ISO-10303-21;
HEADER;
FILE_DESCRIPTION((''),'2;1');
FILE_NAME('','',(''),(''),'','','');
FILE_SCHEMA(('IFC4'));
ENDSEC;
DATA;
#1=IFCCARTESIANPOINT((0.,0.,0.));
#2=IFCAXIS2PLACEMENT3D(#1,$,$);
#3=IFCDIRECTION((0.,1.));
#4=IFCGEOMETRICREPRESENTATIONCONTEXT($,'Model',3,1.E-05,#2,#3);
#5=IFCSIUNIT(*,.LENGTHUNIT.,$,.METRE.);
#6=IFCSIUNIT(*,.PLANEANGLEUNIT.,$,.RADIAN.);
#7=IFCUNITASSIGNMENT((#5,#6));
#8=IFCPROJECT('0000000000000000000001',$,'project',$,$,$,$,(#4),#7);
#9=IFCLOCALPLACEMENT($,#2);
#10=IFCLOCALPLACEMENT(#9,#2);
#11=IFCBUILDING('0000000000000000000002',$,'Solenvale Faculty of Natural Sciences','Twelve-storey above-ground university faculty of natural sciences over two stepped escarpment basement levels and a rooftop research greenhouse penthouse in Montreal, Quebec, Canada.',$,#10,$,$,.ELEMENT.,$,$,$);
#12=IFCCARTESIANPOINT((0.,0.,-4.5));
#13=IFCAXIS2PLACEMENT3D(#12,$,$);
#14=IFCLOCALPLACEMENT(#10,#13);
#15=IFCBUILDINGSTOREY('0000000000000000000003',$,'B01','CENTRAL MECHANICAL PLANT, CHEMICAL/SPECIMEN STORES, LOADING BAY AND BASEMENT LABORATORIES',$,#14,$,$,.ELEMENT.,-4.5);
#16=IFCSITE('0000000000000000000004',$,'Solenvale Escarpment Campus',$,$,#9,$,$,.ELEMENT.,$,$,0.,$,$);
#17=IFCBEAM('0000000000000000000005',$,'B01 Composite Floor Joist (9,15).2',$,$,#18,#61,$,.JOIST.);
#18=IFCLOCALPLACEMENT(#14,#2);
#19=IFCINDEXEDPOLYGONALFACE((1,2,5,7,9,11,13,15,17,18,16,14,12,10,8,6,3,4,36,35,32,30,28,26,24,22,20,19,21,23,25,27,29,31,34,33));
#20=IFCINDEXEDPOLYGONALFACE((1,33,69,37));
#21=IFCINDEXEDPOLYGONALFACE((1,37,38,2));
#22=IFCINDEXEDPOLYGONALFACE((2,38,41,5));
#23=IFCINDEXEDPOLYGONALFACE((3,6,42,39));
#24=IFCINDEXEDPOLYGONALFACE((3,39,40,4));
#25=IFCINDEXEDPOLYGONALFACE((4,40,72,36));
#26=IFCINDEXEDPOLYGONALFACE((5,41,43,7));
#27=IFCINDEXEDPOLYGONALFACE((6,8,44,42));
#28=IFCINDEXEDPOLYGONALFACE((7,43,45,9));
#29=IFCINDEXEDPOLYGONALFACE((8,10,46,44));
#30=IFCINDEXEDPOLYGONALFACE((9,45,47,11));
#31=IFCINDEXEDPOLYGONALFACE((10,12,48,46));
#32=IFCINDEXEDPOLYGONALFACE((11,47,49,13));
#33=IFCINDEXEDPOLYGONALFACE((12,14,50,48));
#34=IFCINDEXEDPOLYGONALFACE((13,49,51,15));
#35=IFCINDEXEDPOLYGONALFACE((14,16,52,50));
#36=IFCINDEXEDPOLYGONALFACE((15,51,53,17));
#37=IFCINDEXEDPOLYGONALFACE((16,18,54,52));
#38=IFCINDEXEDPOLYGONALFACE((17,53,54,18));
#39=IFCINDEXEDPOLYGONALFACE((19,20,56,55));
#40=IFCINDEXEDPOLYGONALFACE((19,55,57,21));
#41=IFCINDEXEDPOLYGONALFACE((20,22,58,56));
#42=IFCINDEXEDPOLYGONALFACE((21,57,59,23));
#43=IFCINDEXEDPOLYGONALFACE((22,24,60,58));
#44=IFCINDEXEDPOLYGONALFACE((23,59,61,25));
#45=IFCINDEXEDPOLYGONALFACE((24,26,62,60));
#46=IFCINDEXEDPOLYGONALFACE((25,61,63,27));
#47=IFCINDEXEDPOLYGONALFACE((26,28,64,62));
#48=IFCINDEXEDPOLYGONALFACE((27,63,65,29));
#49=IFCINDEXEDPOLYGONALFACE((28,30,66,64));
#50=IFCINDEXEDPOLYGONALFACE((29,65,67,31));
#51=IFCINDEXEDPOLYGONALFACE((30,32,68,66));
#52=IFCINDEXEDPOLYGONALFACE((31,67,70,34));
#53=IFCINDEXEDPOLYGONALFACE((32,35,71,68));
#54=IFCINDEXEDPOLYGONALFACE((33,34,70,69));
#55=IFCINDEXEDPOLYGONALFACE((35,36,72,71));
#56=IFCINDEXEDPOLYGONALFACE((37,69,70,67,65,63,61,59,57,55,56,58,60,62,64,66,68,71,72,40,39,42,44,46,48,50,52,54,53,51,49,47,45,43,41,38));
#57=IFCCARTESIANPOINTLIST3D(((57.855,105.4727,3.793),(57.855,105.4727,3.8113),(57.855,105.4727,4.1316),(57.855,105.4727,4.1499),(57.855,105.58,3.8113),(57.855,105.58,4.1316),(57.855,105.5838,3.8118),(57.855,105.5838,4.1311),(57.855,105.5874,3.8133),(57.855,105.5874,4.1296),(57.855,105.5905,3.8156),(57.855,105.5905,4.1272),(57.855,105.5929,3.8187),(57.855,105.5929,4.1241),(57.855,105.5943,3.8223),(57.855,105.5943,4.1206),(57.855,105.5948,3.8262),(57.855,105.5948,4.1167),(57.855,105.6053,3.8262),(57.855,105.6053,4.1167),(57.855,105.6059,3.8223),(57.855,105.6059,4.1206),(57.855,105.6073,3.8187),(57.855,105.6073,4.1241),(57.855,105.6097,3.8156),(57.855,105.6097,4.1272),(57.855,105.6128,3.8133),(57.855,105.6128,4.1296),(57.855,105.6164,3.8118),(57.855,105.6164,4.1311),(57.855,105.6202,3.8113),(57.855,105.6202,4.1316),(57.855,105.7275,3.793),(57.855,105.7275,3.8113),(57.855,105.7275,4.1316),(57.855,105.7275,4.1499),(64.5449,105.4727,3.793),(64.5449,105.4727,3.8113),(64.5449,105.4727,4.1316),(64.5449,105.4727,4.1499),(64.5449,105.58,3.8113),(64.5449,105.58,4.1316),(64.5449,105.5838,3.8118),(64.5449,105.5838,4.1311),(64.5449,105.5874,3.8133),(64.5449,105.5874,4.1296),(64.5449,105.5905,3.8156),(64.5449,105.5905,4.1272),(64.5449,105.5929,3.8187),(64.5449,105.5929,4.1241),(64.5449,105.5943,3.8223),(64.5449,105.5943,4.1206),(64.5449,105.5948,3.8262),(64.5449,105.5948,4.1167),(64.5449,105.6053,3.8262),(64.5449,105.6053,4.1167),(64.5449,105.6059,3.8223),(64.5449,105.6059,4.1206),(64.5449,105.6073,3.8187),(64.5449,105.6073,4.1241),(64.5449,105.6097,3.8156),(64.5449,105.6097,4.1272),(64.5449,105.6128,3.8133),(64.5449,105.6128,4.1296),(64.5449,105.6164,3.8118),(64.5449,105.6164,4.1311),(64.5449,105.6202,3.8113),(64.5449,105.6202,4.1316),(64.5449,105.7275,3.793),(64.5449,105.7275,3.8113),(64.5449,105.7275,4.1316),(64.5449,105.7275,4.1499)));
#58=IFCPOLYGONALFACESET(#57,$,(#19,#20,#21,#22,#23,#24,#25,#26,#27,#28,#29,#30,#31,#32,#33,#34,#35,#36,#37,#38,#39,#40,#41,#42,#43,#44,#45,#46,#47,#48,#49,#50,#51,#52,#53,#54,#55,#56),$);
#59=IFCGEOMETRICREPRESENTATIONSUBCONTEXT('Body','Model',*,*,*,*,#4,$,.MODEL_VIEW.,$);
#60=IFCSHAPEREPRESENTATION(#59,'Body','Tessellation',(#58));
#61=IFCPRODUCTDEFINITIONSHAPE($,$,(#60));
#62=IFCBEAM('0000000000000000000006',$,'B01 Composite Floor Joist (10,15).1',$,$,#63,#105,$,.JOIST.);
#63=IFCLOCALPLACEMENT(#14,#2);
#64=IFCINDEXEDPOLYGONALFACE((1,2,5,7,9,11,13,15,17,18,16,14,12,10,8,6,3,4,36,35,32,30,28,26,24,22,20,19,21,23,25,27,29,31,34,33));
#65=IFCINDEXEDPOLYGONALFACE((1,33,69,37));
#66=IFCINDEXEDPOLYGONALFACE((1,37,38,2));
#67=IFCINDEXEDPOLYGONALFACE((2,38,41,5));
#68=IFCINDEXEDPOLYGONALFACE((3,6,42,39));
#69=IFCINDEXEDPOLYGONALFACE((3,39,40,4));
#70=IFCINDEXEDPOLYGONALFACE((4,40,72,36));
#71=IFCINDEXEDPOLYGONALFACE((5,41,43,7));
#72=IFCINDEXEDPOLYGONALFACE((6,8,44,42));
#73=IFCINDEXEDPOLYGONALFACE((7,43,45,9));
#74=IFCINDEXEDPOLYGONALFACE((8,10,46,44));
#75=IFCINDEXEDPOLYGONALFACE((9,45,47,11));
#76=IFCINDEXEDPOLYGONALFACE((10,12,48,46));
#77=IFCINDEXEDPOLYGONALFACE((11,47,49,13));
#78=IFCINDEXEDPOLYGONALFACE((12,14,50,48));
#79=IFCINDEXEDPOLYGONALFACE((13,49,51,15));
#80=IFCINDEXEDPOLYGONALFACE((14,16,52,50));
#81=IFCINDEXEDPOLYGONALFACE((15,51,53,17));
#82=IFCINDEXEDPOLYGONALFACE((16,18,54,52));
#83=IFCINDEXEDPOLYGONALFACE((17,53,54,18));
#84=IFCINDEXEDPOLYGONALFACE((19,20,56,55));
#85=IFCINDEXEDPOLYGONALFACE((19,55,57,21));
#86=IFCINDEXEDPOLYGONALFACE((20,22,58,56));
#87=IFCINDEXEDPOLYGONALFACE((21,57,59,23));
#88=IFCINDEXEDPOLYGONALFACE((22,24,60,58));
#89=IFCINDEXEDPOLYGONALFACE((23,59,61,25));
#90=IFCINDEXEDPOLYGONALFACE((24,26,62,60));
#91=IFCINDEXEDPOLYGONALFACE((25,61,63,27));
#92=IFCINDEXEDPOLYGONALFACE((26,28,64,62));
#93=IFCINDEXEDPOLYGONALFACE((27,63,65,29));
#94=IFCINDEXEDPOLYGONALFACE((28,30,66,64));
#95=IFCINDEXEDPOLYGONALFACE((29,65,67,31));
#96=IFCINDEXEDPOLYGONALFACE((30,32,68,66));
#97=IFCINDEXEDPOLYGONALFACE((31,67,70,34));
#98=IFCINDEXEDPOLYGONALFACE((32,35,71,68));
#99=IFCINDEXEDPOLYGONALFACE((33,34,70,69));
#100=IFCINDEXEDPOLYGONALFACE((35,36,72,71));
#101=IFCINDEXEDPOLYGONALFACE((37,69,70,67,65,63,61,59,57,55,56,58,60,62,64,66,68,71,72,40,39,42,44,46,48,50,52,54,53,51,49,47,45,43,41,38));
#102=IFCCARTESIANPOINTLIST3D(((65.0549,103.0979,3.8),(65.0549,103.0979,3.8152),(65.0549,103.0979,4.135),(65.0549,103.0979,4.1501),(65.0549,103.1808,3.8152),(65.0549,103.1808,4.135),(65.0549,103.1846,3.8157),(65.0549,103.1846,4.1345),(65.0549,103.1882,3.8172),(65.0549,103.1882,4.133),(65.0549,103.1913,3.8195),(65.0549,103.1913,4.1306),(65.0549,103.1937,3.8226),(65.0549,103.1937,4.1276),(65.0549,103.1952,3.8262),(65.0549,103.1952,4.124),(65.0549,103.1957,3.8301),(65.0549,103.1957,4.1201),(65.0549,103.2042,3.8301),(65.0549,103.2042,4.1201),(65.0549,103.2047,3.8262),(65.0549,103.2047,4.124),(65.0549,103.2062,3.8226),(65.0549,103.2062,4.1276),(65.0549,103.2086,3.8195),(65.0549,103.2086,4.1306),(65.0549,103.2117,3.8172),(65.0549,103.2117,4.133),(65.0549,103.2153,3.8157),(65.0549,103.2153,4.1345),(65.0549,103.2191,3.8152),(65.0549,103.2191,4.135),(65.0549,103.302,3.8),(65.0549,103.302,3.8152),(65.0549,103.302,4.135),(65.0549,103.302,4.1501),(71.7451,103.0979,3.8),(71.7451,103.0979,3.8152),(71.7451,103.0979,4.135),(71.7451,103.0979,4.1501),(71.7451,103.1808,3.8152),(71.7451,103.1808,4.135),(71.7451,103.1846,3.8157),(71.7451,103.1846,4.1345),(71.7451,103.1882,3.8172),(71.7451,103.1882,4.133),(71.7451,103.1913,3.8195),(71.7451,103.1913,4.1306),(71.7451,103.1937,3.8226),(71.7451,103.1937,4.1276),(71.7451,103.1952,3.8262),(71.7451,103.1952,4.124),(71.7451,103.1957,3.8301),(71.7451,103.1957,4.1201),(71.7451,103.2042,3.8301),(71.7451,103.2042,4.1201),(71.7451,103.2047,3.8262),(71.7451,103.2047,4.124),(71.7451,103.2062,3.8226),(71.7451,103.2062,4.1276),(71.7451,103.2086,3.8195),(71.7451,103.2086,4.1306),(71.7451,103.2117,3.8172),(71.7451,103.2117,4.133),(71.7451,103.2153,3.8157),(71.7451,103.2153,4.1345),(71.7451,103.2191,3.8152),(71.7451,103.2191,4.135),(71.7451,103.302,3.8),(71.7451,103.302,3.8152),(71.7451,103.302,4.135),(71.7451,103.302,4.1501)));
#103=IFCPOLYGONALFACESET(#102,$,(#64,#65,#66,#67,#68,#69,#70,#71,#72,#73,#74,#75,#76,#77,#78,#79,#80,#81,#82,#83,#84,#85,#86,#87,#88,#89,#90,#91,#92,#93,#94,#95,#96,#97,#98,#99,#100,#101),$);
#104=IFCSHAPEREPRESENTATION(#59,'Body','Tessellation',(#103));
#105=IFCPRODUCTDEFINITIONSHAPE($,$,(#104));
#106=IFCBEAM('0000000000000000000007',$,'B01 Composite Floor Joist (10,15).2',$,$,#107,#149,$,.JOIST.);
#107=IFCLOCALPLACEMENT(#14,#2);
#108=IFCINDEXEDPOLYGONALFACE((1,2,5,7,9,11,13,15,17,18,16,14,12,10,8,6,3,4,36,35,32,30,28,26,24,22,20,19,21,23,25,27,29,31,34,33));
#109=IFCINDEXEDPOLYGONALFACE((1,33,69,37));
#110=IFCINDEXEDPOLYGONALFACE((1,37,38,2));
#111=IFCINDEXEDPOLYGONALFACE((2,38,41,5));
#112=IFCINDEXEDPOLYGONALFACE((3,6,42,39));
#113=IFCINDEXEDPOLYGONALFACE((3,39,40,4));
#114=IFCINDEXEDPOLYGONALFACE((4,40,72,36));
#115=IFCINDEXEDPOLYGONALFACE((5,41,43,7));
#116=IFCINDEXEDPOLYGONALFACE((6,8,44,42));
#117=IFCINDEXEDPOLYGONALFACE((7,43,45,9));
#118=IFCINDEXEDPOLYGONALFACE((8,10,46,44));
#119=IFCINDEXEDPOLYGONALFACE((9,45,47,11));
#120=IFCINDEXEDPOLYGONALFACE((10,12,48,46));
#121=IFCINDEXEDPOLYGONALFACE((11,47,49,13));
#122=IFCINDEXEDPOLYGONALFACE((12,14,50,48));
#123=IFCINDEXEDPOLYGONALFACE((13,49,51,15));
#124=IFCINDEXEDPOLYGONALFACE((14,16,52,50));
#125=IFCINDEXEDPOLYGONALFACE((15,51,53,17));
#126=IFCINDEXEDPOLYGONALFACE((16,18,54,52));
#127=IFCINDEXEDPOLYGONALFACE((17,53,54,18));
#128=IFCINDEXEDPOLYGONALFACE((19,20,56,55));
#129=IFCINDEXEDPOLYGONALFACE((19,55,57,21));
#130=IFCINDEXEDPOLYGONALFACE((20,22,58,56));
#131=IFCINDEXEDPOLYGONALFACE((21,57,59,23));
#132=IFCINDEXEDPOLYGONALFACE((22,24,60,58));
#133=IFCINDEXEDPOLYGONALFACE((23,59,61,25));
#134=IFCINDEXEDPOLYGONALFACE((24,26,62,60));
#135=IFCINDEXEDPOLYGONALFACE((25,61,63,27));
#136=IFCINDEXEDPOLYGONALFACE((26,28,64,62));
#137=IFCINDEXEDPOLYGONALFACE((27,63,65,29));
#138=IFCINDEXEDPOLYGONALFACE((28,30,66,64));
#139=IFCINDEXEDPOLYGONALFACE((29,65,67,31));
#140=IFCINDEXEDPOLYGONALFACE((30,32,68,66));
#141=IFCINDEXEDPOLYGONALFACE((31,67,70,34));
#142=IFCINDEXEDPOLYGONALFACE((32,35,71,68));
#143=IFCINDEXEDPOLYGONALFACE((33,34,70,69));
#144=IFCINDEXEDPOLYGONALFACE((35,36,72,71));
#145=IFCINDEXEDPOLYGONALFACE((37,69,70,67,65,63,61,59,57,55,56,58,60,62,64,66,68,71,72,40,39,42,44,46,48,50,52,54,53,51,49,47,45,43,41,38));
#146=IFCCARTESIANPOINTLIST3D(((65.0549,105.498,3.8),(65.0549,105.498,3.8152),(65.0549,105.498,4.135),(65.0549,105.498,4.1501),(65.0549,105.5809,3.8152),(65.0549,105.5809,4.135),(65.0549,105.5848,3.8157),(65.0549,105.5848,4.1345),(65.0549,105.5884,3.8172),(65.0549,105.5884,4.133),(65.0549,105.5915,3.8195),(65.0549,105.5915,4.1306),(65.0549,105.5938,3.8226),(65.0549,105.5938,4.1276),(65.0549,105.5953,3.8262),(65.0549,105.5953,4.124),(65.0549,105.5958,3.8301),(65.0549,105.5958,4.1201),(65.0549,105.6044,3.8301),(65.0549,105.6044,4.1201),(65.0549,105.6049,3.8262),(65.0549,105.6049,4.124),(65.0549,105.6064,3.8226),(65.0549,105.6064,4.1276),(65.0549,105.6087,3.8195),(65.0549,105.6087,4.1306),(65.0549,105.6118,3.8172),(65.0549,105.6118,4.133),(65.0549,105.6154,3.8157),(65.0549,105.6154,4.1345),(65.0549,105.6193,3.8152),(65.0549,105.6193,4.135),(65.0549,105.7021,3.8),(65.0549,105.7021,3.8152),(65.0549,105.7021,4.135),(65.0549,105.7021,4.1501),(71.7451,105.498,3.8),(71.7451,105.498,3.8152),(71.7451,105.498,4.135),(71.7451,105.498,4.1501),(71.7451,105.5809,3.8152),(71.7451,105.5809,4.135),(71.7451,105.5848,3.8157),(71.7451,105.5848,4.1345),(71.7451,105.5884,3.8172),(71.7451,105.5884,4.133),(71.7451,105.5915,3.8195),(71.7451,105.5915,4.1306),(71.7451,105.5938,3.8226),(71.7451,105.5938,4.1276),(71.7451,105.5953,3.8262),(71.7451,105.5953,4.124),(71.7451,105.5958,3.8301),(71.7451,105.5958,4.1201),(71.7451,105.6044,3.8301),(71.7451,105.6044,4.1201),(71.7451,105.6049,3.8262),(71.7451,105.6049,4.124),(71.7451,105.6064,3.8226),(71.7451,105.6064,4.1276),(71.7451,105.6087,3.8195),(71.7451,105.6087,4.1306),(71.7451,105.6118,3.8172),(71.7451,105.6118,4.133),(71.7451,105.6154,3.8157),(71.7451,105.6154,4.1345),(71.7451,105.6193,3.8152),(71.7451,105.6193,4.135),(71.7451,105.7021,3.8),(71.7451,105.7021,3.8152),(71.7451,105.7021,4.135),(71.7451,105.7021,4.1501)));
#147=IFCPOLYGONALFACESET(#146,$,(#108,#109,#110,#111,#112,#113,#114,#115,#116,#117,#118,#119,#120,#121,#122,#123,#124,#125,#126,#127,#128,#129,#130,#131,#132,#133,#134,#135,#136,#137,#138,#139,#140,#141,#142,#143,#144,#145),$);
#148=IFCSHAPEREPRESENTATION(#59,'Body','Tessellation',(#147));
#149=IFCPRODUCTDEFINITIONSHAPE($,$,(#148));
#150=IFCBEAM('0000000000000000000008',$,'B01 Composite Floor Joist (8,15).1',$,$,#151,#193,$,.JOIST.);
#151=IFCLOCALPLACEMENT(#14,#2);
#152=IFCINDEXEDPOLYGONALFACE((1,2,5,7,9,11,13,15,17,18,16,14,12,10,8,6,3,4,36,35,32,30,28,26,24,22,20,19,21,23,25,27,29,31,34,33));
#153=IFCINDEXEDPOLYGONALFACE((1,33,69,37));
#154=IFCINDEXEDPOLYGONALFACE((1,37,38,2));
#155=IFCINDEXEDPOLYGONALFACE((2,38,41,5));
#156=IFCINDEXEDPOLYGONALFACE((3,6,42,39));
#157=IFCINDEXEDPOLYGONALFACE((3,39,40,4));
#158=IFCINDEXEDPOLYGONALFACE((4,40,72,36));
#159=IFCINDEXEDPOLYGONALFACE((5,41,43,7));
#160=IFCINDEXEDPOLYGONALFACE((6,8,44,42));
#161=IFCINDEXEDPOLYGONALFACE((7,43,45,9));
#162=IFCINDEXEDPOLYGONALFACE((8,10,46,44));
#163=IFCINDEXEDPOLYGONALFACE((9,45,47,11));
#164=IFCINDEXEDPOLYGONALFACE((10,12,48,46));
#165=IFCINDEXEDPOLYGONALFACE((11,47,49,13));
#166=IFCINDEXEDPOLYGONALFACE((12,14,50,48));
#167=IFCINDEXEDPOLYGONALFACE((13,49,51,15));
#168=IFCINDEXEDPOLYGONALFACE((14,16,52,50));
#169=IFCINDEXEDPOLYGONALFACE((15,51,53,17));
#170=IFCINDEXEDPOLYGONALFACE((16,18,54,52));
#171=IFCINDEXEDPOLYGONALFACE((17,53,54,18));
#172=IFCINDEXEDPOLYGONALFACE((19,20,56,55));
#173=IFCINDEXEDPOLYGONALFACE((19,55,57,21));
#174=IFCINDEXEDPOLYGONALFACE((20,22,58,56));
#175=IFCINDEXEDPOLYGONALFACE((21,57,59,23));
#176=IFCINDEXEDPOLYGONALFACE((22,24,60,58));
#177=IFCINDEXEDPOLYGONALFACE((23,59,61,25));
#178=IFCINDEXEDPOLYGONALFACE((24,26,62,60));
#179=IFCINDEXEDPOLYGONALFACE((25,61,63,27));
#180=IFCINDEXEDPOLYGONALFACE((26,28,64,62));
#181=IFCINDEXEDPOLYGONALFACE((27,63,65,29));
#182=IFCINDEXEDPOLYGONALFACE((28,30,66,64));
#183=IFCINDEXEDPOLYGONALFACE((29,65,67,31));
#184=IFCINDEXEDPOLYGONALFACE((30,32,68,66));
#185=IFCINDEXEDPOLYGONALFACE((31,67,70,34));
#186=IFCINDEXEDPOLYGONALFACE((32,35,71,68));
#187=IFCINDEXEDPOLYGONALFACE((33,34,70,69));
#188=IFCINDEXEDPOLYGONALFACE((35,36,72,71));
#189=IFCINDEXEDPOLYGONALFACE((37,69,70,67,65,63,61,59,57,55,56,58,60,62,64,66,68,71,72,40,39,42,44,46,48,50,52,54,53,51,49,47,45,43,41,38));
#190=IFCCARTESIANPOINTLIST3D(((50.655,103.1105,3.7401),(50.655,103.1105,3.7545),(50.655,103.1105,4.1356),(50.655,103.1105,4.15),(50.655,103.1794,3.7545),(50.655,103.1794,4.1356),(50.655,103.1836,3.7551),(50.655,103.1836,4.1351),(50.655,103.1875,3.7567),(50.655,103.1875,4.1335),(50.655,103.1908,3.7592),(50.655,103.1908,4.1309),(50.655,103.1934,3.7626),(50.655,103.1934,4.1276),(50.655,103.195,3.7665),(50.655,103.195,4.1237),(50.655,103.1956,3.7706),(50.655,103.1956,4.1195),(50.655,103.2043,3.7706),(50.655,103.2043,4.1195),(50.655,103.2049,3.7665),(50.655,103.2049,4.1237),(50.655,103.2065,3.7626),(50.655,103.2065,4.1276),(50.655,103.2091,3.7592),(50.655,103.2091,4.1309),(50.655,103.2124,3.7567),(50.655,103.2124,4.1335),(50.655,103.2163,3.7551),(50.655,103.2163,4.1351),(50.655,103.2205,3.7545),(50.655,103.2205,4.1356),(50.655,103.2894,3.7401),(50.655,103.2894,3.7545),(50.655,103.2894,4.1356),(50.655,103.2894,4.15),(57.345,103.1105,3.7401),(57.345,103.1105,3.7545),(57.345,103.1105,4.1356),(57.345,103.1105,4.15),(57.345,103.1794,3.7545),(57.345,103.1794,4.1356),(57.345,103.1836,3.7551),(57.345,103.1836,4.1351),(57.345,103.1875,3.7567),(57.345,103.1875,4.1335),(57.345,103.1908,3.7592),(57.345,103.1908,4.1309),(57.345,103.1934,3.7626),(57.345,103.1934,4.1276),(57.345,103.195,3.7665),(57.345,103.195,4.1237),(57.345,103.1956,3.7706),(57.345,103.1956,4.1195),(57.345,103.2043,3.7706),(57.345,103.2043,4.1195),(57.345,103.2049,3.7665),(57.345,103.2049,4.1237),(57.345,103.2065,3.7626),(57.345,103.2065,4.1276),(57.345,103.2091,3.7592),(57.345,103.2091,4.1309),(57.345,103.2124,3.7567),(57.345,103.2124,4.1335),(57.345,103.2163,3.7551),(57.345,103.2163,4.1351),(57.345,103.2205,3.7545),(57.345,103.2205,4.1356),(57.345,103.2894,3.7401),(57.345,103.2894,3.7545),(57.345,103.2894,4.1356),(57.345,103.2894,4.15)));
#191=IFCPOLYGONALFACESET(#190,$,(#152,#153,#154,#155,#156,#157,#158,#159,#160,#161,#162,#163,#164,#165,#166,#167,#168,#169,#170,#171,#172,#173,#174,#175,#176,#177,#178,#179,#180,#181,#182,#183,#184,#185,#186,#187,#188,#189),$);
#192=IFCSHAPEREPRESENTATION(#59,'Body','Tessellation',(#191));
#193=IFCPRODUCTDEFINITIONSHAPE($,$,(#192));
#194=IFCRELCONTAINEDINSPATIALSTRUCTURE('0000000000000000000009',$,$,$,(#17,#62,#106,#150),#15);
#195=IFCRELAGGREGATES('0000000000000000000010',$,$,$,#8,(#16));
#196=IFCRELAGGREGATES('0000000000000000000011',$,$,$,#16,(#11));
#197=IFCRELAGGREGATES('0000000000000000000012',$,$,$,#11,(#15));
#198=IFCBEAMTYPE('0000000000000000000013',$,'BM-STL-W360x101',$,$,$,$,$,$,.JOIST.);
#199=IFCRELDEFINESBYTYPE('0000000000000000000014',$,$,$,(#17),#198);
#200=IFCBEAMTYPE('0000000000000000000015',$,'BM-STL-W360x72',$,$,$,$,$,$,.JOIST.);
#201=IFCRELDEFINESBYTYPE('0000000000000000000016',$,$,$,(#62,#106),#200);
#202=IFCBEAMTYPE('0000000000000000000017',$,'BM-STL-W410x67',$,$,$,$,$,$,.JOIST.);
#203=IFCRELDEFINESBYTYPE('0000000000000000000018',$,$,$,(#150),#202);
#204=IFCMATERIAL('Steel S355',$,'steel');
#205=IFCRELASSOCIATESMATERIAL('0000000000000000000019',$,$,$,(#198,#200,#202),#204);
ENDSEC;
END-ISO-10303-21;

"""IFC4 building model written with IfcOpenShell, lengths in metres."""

from ifc_helpers import new_model, si_unit, direction, frame, origin, origin_2d, place, context, subcontext, project, spatial, i_section, extrude, material, material_profile, profile_set, type_object, element, save


model = new_model("IFC4")

# Units and contexts
model_context = context("Model", 3, precision=1e-05, world=origin(), true_north=direction((0.0, 1.0)))
body_context = subcontext(model_context, "Body", "Model", "MODEL_VIEW")
ifc_project = project(units=[si_unit("LENGTHUNIT", "METRE"), si_unit("PLANEANGLEUNIT", "RADIAN")], contexts=[model_context])

# Site, building, storey
site_placement = place(None, origin())
site = spatial("IfcSite", under=ifc_project, at=site_placement, Name="Solenvale Escarpment Campus", CompositionType="ELEMENT", RefElevation=0.0)
building_placement = place(site_placement, origin())
building = spatial("IfcBuilding", under=site, at=building_placement, Name="Solenvale Faculty of Natural Sciences", Description="Twelve-storey above-ground university faculty of natural sciences over two stepped escarpment basement levels and a rooftop research greenhouse penthouse in Montreal, Quebec, Canada.", CompositionType="ELEMENT")
storey_placement = place(building_placement, frame((0.0, 0.0, -4.5)))
storey = spatial("IfcBuildingStorey", under=building, at=storey_placement, Name="B01", Description="CENTRAL MECHANICAL PLANT, CHEMICAL/SPECIMEN STORES, LOADING BAY AND BASEMENT LABORATORIES", CompositionType="ELEMENT", Elevation=-4.5)

# Beams
ifc_material_1 = material(Name="Steel S355", Category="steel")
ifc_material_profile_1 = material_profile(ifc_material_1, i_section(OverallWidth=0.2549, OverallDepth=0.3569, WebThickness=0.0105, FlangeThickness=0.0183, FilletRadius=0.0149, at=origin_2d()), Name="W360x101")
ifc_profile_set_1 = profile_set([ifc_material_profile_1], Name="Steel S355")
beam_type_1 = type_object("IfcBeamType", Name="BM-STL-W360x101", PredefinedType="JOIST", material=ifc_profile_set_1)
for number, where, z_axis, x_axis, name in (
    (1, (57.855, 105.6001, 3.9714), (1.0, 0.0, 0.0), (0.0, 1.0, 0.0), "B01 Composite Floor Joist (9,15).2"),
):
    element("IfcBeam", number, at=place(storey_placement, frame(where, z_axis=z_axis, x_axis=x_axis)), inside=storey, type_object=beam_type_1, Name=name, PredefinedType="JOIST", context=body_context, shape_type="SweptSolid", body=[
        extrude(i_section(OverallWidth=0.2549, OverallDepth=0.3569, WebThickness=0.0105, FlangeThickness=0.0183, FilletRadius=0.0149, at=origin_2d()), origin(), (0.0, 0.0, 1.0), 6.6899),
    ])
ifc_material_profile_2 = material_profile(ifc_material_1, i_section(OverallWidth=0.2041, OverallDepth=0.3501, WebThickness=0.0085, FlangeThickness=0.0151, FilletRadius=0.0149, at=origin_2d()), Name="W360x72")
ifc_profile_set_2 = profile_set([ifc_material_profile_2], Name="Steel S355")
beam_type_2 = type_object("IfcBeamType", Name="BM-STL-W360x72", PredefinedType="JOIST", material=ifc_profile_set_2)
for number, where, z_axis, x_axis, name in (
    (2, (65.0549, 103.2, 3.9751), (1.0, 0.0, 0.0), (0.0, 1.0, 0.0), "B01 Composite Floor Joist (10,15).1"),
    (3, (65.0549, 105.6001, 3.9751), (1.0, 0.0, 0.0), (0.0, 1.0, 0.0), "B01 Composite Floor Joist (10,15).2"),
):
    element("IfcBeam", number, at=place(storey_placement, frame(where, z_axis=z_axis, x_axis=x_axis)), inside=storey, type_object=beam_type_2, Name=name, PredefinedType="JOIST", context=body_context, shape_type="SweptSolid", body=[
        extrude(i_section(OverallWidth=0.2041, OverallDepth=0.3501, WebThickness=0.0085, FlangeThickness=0.0151, FilletRadius=0.0149, at=origin_2d()), origin(), (0.0, 0.0, 1.0), 6.6902),
    ])
ifc_material_profile_3 = material_profile(ifc_material_1, i_section(OverallWidth=0.179, OverallDepth=0.4099, WebThickness=0.0088, FlangeThickness=0.0144, FilletRadius=0.0161, at=origin_2d()), Name="W410x67")
ifc_profile_set_3 = profile_set([ifc_material_profile_3], Name="Steel S355")
beam_type_3 = type_object("IfcBeamType", Name="BM-STL-W410x67", PredefinedType="JOIST", material=ifc_profile_set_3)
for number, where, z_axis, x_axis, name in (
    (4, (50.655, 103.2, 3.9451), (1.0, 0.0, 0.0), (0.0, 1.0, 0.0), "B01 Composite Floor Joist (8,15).1"),
):
    element("IfcBeam", number, at=place(storey_placement, frame(where, z_axis=z_axis, x_axis=x_axis)), inside=storey, type_object=beam_type_3, Name=name, PredefinedType="JOIST", context=body_context, shape_type="SweptSolid", body=[
        extrude(i_section(OverallWidth=0.179, OverallDepth=0.4099, WebThickness=0.0088, FlangeThickness=0.0144, FilletRadius=0.0161, at=origin_2d()), origin(), (0.0, 0.0, 1.0), 6.6899),
    ])

save(model, "model.ifc")
